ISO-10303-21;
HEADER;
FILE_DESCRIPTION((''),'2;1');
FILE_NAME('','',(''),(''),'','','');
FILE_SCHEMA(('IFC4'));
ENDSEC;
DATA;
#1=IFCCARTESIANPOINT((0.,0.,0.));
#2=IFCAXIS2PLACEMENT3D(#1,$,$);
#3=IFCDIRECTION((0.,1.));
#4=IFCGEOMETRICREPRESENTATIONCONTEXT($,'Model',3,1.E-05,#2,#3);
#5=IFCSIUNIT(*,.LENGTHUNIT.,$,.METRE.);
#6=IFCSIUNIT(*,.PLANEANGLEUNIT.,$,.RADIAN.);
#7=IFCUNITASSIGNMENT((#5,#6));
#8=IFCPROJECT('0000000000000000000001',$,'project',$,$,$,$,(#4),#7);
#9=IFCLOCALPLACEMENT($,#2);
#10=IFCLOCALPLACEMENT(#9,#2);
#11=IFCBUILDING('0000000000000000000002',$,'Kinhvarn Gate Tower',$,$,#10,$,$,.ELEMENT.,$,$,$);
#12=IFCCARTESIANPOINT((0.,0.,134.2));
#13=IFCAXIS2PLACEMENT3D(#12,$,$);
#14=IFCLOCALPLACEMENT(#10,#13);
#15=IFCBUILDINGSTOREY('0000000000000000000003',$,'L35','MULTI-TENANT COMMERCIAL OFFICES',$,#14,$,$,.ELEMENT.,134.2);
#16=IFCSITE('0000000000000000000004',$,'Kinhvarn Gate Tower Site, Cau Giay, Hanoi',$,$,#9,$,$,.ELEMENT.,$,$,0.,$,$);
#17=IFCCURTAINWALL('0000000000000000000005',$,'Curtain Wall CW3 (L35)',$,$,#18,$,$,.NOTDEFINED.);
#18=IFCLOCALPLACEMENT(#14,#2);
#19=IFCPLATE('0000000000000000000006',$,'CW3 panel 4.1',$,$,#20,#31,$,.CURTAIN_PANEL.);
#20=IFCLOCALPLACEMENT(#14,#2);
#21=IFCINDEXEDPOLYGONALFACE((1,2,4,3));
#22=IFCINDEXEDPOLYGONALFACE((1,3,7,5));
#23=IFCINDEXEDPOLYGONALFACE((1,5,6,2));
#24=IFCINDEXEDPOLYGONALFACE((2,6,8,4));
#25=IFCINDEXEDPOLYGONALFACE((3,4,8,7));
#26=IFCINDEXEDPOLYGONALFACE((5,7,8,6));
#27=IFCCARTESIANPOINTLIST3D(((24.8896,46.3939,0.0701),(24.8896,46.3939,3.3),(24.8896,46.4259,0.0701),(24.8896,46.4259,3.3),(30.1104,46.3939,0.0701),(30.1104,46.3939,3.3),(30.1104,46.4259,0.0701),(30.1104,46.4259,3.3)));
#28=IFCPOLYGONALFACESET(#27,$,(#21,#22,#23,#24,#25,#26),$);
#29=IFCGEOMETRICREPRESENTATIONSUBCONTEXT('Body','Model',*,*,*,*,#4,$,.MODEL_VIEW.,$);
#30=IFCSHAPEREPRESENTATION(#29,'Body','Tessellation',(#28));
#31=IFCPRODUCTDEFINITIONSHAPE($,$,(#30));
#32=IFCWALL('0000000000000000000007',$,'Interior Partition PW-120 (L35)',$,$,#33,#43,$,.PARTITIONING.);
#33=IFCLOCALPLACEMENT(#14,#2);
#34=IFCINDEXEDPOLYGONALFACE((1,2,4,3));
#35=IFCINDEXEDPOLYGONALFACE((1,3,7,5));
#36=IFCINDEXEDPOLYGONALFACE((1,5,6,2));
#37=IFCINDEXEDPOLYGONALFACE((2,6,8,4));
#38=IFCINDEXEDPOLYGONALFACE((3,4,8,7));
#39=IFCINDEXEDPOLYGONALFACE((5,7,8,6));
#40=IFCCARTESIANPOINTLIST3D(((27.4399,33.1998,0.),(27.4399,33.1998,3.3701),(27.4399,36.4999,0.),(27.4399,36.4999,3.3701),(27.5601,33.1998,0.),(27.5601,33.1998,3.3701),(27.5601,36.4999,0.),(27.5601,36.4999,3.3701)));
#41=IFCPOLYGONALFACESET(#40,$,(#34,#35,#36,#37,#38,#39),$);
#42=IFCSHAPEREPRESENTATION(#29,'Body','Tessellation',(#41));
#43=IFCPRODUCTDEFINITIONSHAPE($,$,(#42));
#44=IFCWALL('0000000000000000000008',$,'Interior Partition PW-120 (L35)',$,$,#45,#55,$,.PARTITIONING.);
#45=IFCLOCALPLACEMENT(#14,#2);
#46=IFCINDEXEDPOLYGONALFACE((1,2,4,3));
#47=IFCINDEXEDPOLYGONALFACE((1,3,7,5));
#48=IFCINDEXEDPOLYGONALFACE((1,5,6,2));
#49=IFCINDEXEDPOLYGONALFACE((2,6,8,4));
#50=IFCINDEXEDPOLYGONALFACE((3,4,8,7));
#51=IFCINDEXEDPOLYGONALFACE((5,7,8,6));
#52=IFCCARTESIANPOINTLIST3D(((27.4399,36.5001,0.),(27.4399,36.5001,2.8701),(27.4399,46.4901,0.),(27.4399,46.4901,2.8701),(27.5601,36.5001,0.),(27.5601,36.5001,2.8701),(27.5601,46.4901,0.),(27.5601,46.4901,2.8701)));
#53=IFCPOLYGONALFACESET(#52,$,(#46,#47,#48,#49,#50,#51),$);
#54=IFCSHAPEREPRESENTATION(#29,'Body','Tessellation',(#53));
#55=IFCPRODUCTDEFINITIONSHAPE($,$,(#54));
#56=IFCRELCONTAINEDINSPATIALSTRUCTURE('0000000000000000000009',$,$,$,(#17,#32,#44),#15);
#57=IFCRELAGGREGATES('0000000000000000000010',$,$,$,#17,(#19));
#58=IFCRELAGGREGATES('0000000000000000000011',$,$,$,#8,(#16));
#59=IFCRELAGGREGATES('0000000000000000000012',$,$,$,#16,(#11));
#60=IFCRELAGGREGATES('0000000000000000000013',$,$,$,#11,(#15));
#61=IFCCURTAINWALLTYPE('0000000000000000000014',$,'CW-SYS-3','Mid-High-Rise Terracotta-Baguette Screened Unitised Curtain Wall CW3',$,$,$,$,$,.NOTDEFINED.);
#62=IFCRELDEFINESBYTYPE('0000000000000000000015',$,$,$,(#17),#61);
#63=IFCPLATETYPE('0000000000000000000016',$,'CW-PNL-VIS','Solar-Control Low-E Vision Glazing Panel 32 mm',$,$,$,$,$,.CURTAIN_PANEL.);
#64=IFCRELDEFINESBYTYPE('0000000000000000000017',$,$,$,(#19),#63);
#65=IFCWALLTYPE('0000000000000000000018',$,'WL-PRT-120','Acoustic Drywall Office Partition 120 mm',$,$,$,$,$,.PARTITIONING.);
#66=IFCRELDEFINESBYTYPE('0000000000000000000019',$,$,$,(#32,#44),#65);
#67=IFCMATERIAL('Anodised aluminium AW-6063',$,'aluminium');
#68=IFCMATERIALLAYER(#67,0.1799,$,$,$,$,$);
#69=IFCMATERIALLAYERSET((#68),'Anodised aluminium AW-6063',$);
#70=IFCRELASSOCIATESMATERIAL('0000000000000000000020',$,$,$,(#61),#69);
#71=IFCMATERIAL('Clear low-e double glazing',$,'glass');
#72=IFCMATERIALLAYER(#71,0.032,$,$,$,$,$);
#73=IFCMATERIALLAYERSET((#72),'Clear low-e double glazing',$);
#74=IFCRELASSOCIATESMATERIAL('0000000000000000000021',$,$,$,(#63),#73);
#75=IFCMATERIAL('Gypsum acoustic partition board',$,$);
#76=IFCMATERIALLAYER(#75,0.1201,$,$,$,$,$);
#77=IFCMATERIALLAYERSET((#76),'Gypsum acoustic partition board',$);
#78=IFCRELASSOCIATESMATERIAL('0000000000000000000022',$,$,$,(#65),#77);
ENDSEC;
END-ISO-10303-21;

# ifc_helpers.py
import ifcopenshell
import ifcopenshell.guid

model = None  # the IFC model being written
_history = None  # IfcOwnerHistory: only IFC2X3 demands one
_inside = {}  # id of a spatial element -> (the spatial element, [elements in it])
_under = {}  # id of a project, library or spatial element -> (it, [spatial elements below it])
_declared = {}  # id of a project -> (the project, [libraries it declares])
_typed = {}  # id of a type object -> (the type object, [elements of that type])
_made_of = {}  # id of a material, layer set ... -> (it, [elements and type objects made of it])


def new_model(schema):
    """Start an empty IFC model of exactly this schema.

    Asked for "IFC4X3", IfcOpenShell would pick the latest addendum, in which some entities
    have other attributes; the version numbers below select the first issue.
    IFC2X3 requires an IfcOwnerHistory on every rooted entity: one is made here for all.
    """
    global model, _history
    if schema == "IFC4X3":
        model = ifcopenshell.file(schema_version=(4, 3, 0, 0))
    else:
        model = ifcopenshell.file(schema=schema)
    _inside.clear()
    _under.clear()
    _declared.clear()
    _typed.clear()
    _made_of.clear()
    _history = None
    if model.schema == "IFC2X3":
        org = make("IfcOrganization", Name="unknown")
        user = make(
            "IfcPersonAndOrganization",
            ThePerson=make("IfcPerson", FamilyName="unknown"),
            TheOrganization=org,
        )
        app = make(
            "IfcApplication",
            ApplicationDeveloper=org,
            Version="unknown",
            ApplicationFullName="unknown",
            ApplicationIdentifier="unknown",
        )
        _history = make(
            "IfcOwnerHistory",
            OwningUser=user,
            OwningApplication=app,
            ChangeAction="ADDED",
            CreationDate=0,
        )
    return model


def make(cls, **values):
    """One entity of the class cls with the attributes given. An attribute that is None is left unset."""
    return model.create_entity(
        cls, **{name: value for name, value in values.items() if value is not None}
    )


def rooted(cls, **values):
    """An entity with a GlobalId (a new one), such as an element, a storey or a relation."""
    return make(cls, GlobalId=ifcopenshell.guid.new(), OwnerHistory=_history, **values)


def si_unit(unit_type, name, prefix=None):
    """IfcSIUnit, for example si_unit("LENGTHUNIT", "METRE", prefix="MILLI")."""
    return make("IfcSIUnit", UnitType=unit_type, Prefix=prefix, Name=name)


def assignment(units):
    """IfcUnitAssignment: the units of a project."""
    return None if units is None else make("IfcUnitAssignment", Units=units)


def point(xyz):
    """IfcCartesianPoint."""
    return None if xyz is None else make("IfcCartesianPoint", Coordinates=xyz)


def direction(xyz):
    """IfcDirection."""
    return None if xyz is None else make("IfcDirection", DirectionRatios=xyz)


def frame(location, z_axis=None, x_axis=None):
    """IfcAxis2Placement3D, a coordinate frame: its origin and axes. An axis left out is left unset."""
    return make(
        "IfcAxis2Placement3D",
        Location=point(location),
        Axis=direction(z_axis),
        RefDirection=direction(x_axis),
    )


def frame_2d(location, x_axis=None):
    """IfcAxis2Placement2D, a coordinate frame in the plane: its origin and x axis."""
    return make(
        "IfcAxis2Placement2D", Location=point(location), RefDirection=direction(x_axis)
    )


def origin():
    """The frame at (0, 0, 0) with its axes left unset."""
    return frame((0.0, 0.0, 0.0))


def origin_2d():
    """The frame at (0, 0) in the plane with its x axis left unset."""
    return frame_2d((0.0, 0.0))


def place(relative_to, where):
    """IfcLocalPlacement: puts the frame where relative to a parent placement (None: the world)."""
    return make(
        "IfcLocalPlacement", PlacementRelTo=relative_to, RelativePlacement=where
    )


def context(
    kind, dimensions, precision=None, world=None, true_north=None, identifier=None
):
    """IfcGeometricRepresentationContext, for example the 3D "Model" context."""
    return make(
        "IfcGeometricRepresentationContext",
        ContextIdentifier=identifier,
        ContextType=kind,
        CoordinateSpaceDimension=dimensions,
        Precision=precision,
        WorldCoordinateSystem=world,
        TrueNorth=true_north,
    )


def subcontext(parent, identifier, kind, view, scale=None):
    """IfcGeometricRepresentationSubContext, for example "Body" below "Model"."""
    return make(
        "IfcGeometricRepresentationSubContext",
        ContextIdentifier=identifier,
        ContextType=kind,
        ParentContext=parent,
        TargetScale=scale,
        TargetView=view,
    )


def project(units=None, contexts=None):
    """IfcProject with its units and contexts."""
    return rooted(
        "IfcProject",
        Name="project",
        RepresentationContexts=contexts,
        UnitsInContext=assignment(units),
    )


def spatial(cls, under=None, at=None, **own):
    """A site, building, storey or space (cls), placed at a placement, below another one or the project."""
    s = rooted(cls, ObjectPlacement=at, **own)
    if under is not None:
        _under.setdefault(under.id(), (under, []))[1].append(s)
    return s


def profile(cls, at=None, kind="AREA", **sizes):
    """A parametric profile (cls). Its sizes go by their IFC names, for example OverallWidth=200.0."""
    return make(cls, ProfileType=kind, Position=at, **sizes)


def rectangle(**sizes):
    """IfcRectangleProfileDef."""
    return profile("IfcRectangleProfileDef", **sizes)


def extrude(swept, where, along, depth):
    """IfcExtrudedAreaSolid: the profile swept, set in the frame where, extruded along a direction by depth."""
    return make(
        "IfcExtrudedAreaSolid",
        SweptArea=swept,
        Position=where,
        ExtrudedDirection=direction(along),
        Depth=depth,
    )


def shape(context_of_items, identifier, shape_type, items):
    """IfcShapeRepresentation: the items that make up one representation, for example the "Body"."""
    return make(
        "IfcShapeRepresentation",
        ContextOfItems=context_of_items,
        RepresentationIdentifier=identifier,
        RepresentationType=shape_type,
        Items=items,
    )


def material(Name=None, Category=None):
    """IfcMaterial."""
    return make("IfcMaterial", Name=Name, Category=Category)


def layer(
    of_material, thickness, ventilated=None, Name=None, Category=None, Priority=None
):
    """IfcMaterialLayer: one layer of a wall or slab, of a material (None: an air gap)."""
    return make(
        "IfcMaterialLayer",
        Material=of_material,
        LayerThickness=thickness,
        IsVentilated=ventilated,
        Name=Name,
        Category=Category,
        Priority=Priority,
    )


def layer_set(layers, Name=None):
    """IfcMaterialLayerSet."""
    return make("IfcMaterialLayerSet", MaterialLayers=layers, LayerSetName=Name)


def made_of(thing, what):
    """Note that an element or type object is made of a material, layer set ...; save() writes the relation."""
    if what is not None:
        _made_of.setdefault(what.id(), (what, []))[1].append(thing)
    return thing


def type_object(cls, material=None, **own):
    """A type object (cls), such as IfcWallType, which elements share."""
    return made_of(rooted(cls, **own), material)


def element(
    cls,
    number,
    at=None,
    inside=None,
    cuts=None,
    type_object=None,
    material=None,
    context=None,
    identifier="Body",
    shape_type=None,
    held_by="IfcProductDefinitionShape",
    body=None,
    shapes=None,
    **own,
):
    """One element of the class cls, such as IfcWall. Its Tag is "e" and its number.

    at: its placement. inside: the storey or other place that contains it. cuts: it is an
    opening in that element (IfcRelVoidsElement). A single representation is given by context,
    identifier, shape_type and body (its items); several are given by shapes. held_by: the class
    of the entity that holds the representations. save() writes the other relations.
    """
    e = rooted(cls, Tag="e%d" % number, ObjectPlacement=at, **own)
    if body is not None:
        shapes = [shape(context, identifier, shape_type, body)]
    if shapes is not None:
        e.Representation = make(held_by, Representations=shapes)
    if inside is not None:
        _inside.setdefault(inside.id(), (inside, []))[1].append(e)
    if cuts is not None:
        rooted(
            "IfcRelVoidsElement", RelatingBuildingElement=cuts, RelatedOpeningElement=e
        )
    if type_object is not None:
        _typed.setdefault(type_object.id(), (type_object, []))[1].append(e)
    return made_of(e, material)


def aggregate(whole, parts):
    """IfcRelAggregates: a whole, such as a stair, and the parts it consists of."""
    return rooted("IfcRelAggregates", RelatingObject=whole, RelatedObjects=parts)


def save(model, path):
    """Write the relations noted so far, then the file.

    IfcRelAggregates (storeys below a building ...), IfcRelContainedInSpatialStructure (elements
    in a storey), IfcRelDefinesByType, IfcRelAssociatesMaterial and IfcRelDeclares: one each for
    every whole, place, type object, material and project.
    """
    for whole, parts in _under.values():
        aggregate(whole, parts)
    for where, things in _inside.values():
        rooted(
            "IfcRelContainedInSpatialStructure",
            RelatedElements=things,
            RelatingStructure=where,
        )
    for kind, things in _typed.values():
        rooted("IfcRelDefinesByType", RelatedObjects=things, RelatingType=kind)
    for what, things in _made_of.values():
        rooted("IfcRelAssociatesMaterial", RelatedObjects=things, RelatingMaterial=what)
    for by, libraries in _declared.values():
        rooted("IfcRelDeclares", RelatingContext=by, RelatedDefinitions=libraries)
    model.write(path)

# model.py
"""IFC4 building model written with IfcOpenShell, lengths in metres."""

from ifc_helpers import new_model, si_unit, direction, frame, frame_2d, origin, origin_2d, place, context, subcontext, project, spatial, rectangle, extrude, material, layer, layer_set, type_object, element, aggregate, save


model = new_model("IFC4")

# Units and contexts
model_context = context("Model", 3, precision=1e-05, world=origin(), true_north=direction((0.0, 1.0)))
body_context = subcontext(model_context, "Body", "Model", "MODEL_VIEW")
ifc_project = project(units=[si_unit("LENGTHUNIT", "METRE"), si_unit("PLANEANGLEUNIT", "RADIAN")], contexts=[model_context])

# Site, building, storey
site_placement = place(None, origin())
site = spatial("IfcSite", under=ifc_project, at=site_placement, Name="Kinhvarn Gate Tower Site, Cau Giay, Hanoi", CompositionType="ELEMENT", RefElevation=0.0)
building_placement = place(site_placement, origin())
building = spatial("IfcBuilding", under=site, at=building_placement, Name="Kinhvarn Gate Tower", CompositionType="ELEMENT")
storey_placement = place(building_placement, frame((0.0, 0.0, 134.2)))
storey = spatial("IfcBuildingStorey", under=building, at=storey_placement, Name="L35", Description="MULTI-TENANT COMMERCIAL OFFICES", CompositionType="ELEMENT", Elevation=134.2)

# Curtain wall
ifc_material_1 = material(Name="Anodised aluminium AW-6063", Category="aluminium")
ifc_layer_1 = layer(ifc_material_1, 0.1799)
ifc_layer_set_1 = layer_set([ifc_layer_1], Name="Anodised aluminium AW-6063")
curtain_wall_type = type_object("IfcCurtainWallType", Name="CW-SYS-3", Description="Mid-High-Rise Terracotta-Baguette Screened Unitised Curtain Wall CW3", PredefinedType="NOTDEFINED", material=ifc_layer_set_1)
curtain_wall_placement = place(storey_placement, origin())
curtain_wall = element("IfcCurtainWall", 1, at=curtain_wall_placement, inside=storey, type_object=curtain_wall_type, Name="Curtain Wall CW3 (L35)", PredefinedType="NOTDEFINED")

# Plate
ifc_material_2 = material(Name="Clear low-e double glazing", Category="glass")
ifc_layer_2 = layer(ifc_material_2, 0.032)
ifc_layer_set_2 = layer_set([ifc_layer_2], Name="Clear low-e double glazing")
plate_type = type_object("IfcPlateType", Name="CW-PNL-VIS", Description="Solar-Control Low-E Vision Glazing Panel 32 mm", PredefinedType="CURTAIN_PANEL", material=ifc_layer_set_2)
plate_1_placement = place(storey_placement, frame((27.5, 46.4099, 0.0701), z_axis=(0.0, 0.0, 1.0), x_axis=(-1.0, 0.0, 0.0)))
plate_1 = element("IfcPlate", 2, at=plate_1_placement, type_object=plate_type, Name="CW3 panel 4.1", PredefinedType="CURTAIN_PANEL", context=body_context, shape_type="SweptSolid", body=[
    extrude(rectangle(XDim=5.2207, YDim=0.032, at=origin_2d()), origin(), (0.0, 0.0, 1.0), 3.23),
])
aggregate(curtain_wall, [plate_1])

# Walls
ifc_material_3 = material(Name="Gypsum acoustic partition board")
ifc_layer_3 = layer(ifc_material_3, 0.1201)
ifc_layer_set_3 = layer_set([ifc_layer_3], Name="Gypsum acoustic partition board")
wall_type = type_object("IfcWallType", Name="WL-PRT-120", Description="Acoustic Drywall Office Partition 120 mm", PredefinedType="PARTITIONING", material=ifc_layer_set_3)
wall_1_placement = place(storey_placement, frame((27.5, 33.2, 0.0), z_axis=(0.0, 0.0, 1.0), x_axis=(0.0, 1.0, 0.0)))
element("IfcWall", 3, at=wall_1_placement, inside=storey, type_object=wall_type, Name="Interior Partition PW-120 (L35)", PredefinedType="PARTITIONING", context=body_context, shape_type="SweptSolid", body=[
    extrude(rectangle(XDim=3.3, YDim=0.1201, at=frame_2d((1.6499, 0.0))), origin(), (0.0, 0.0, 1.0), 3.3701),
])
wall_2_placement = place(storey_placement, frame((27.5, 36.5, 0.0), z_axis=(0.0, 0.0, 1.0), x_axis=(0.0, 1.0, 0.0)))
element("IfcWall", 4, at=wall_2_placement, inside=storey, type_object=wall_type, Name="Interior Partition PW-120 (L35)", PredefinedType="PARTITIONING", context=body_context, shape_type="SweptSolid", body=[
    extrude(rectangle(XDim=9.99, YDim=0.1201, at=frame_2d((4.9951, 0.0))), origin(), (0.0, 0.0, 1.0), 2.8701),
])

save(model, "model.ifc")
